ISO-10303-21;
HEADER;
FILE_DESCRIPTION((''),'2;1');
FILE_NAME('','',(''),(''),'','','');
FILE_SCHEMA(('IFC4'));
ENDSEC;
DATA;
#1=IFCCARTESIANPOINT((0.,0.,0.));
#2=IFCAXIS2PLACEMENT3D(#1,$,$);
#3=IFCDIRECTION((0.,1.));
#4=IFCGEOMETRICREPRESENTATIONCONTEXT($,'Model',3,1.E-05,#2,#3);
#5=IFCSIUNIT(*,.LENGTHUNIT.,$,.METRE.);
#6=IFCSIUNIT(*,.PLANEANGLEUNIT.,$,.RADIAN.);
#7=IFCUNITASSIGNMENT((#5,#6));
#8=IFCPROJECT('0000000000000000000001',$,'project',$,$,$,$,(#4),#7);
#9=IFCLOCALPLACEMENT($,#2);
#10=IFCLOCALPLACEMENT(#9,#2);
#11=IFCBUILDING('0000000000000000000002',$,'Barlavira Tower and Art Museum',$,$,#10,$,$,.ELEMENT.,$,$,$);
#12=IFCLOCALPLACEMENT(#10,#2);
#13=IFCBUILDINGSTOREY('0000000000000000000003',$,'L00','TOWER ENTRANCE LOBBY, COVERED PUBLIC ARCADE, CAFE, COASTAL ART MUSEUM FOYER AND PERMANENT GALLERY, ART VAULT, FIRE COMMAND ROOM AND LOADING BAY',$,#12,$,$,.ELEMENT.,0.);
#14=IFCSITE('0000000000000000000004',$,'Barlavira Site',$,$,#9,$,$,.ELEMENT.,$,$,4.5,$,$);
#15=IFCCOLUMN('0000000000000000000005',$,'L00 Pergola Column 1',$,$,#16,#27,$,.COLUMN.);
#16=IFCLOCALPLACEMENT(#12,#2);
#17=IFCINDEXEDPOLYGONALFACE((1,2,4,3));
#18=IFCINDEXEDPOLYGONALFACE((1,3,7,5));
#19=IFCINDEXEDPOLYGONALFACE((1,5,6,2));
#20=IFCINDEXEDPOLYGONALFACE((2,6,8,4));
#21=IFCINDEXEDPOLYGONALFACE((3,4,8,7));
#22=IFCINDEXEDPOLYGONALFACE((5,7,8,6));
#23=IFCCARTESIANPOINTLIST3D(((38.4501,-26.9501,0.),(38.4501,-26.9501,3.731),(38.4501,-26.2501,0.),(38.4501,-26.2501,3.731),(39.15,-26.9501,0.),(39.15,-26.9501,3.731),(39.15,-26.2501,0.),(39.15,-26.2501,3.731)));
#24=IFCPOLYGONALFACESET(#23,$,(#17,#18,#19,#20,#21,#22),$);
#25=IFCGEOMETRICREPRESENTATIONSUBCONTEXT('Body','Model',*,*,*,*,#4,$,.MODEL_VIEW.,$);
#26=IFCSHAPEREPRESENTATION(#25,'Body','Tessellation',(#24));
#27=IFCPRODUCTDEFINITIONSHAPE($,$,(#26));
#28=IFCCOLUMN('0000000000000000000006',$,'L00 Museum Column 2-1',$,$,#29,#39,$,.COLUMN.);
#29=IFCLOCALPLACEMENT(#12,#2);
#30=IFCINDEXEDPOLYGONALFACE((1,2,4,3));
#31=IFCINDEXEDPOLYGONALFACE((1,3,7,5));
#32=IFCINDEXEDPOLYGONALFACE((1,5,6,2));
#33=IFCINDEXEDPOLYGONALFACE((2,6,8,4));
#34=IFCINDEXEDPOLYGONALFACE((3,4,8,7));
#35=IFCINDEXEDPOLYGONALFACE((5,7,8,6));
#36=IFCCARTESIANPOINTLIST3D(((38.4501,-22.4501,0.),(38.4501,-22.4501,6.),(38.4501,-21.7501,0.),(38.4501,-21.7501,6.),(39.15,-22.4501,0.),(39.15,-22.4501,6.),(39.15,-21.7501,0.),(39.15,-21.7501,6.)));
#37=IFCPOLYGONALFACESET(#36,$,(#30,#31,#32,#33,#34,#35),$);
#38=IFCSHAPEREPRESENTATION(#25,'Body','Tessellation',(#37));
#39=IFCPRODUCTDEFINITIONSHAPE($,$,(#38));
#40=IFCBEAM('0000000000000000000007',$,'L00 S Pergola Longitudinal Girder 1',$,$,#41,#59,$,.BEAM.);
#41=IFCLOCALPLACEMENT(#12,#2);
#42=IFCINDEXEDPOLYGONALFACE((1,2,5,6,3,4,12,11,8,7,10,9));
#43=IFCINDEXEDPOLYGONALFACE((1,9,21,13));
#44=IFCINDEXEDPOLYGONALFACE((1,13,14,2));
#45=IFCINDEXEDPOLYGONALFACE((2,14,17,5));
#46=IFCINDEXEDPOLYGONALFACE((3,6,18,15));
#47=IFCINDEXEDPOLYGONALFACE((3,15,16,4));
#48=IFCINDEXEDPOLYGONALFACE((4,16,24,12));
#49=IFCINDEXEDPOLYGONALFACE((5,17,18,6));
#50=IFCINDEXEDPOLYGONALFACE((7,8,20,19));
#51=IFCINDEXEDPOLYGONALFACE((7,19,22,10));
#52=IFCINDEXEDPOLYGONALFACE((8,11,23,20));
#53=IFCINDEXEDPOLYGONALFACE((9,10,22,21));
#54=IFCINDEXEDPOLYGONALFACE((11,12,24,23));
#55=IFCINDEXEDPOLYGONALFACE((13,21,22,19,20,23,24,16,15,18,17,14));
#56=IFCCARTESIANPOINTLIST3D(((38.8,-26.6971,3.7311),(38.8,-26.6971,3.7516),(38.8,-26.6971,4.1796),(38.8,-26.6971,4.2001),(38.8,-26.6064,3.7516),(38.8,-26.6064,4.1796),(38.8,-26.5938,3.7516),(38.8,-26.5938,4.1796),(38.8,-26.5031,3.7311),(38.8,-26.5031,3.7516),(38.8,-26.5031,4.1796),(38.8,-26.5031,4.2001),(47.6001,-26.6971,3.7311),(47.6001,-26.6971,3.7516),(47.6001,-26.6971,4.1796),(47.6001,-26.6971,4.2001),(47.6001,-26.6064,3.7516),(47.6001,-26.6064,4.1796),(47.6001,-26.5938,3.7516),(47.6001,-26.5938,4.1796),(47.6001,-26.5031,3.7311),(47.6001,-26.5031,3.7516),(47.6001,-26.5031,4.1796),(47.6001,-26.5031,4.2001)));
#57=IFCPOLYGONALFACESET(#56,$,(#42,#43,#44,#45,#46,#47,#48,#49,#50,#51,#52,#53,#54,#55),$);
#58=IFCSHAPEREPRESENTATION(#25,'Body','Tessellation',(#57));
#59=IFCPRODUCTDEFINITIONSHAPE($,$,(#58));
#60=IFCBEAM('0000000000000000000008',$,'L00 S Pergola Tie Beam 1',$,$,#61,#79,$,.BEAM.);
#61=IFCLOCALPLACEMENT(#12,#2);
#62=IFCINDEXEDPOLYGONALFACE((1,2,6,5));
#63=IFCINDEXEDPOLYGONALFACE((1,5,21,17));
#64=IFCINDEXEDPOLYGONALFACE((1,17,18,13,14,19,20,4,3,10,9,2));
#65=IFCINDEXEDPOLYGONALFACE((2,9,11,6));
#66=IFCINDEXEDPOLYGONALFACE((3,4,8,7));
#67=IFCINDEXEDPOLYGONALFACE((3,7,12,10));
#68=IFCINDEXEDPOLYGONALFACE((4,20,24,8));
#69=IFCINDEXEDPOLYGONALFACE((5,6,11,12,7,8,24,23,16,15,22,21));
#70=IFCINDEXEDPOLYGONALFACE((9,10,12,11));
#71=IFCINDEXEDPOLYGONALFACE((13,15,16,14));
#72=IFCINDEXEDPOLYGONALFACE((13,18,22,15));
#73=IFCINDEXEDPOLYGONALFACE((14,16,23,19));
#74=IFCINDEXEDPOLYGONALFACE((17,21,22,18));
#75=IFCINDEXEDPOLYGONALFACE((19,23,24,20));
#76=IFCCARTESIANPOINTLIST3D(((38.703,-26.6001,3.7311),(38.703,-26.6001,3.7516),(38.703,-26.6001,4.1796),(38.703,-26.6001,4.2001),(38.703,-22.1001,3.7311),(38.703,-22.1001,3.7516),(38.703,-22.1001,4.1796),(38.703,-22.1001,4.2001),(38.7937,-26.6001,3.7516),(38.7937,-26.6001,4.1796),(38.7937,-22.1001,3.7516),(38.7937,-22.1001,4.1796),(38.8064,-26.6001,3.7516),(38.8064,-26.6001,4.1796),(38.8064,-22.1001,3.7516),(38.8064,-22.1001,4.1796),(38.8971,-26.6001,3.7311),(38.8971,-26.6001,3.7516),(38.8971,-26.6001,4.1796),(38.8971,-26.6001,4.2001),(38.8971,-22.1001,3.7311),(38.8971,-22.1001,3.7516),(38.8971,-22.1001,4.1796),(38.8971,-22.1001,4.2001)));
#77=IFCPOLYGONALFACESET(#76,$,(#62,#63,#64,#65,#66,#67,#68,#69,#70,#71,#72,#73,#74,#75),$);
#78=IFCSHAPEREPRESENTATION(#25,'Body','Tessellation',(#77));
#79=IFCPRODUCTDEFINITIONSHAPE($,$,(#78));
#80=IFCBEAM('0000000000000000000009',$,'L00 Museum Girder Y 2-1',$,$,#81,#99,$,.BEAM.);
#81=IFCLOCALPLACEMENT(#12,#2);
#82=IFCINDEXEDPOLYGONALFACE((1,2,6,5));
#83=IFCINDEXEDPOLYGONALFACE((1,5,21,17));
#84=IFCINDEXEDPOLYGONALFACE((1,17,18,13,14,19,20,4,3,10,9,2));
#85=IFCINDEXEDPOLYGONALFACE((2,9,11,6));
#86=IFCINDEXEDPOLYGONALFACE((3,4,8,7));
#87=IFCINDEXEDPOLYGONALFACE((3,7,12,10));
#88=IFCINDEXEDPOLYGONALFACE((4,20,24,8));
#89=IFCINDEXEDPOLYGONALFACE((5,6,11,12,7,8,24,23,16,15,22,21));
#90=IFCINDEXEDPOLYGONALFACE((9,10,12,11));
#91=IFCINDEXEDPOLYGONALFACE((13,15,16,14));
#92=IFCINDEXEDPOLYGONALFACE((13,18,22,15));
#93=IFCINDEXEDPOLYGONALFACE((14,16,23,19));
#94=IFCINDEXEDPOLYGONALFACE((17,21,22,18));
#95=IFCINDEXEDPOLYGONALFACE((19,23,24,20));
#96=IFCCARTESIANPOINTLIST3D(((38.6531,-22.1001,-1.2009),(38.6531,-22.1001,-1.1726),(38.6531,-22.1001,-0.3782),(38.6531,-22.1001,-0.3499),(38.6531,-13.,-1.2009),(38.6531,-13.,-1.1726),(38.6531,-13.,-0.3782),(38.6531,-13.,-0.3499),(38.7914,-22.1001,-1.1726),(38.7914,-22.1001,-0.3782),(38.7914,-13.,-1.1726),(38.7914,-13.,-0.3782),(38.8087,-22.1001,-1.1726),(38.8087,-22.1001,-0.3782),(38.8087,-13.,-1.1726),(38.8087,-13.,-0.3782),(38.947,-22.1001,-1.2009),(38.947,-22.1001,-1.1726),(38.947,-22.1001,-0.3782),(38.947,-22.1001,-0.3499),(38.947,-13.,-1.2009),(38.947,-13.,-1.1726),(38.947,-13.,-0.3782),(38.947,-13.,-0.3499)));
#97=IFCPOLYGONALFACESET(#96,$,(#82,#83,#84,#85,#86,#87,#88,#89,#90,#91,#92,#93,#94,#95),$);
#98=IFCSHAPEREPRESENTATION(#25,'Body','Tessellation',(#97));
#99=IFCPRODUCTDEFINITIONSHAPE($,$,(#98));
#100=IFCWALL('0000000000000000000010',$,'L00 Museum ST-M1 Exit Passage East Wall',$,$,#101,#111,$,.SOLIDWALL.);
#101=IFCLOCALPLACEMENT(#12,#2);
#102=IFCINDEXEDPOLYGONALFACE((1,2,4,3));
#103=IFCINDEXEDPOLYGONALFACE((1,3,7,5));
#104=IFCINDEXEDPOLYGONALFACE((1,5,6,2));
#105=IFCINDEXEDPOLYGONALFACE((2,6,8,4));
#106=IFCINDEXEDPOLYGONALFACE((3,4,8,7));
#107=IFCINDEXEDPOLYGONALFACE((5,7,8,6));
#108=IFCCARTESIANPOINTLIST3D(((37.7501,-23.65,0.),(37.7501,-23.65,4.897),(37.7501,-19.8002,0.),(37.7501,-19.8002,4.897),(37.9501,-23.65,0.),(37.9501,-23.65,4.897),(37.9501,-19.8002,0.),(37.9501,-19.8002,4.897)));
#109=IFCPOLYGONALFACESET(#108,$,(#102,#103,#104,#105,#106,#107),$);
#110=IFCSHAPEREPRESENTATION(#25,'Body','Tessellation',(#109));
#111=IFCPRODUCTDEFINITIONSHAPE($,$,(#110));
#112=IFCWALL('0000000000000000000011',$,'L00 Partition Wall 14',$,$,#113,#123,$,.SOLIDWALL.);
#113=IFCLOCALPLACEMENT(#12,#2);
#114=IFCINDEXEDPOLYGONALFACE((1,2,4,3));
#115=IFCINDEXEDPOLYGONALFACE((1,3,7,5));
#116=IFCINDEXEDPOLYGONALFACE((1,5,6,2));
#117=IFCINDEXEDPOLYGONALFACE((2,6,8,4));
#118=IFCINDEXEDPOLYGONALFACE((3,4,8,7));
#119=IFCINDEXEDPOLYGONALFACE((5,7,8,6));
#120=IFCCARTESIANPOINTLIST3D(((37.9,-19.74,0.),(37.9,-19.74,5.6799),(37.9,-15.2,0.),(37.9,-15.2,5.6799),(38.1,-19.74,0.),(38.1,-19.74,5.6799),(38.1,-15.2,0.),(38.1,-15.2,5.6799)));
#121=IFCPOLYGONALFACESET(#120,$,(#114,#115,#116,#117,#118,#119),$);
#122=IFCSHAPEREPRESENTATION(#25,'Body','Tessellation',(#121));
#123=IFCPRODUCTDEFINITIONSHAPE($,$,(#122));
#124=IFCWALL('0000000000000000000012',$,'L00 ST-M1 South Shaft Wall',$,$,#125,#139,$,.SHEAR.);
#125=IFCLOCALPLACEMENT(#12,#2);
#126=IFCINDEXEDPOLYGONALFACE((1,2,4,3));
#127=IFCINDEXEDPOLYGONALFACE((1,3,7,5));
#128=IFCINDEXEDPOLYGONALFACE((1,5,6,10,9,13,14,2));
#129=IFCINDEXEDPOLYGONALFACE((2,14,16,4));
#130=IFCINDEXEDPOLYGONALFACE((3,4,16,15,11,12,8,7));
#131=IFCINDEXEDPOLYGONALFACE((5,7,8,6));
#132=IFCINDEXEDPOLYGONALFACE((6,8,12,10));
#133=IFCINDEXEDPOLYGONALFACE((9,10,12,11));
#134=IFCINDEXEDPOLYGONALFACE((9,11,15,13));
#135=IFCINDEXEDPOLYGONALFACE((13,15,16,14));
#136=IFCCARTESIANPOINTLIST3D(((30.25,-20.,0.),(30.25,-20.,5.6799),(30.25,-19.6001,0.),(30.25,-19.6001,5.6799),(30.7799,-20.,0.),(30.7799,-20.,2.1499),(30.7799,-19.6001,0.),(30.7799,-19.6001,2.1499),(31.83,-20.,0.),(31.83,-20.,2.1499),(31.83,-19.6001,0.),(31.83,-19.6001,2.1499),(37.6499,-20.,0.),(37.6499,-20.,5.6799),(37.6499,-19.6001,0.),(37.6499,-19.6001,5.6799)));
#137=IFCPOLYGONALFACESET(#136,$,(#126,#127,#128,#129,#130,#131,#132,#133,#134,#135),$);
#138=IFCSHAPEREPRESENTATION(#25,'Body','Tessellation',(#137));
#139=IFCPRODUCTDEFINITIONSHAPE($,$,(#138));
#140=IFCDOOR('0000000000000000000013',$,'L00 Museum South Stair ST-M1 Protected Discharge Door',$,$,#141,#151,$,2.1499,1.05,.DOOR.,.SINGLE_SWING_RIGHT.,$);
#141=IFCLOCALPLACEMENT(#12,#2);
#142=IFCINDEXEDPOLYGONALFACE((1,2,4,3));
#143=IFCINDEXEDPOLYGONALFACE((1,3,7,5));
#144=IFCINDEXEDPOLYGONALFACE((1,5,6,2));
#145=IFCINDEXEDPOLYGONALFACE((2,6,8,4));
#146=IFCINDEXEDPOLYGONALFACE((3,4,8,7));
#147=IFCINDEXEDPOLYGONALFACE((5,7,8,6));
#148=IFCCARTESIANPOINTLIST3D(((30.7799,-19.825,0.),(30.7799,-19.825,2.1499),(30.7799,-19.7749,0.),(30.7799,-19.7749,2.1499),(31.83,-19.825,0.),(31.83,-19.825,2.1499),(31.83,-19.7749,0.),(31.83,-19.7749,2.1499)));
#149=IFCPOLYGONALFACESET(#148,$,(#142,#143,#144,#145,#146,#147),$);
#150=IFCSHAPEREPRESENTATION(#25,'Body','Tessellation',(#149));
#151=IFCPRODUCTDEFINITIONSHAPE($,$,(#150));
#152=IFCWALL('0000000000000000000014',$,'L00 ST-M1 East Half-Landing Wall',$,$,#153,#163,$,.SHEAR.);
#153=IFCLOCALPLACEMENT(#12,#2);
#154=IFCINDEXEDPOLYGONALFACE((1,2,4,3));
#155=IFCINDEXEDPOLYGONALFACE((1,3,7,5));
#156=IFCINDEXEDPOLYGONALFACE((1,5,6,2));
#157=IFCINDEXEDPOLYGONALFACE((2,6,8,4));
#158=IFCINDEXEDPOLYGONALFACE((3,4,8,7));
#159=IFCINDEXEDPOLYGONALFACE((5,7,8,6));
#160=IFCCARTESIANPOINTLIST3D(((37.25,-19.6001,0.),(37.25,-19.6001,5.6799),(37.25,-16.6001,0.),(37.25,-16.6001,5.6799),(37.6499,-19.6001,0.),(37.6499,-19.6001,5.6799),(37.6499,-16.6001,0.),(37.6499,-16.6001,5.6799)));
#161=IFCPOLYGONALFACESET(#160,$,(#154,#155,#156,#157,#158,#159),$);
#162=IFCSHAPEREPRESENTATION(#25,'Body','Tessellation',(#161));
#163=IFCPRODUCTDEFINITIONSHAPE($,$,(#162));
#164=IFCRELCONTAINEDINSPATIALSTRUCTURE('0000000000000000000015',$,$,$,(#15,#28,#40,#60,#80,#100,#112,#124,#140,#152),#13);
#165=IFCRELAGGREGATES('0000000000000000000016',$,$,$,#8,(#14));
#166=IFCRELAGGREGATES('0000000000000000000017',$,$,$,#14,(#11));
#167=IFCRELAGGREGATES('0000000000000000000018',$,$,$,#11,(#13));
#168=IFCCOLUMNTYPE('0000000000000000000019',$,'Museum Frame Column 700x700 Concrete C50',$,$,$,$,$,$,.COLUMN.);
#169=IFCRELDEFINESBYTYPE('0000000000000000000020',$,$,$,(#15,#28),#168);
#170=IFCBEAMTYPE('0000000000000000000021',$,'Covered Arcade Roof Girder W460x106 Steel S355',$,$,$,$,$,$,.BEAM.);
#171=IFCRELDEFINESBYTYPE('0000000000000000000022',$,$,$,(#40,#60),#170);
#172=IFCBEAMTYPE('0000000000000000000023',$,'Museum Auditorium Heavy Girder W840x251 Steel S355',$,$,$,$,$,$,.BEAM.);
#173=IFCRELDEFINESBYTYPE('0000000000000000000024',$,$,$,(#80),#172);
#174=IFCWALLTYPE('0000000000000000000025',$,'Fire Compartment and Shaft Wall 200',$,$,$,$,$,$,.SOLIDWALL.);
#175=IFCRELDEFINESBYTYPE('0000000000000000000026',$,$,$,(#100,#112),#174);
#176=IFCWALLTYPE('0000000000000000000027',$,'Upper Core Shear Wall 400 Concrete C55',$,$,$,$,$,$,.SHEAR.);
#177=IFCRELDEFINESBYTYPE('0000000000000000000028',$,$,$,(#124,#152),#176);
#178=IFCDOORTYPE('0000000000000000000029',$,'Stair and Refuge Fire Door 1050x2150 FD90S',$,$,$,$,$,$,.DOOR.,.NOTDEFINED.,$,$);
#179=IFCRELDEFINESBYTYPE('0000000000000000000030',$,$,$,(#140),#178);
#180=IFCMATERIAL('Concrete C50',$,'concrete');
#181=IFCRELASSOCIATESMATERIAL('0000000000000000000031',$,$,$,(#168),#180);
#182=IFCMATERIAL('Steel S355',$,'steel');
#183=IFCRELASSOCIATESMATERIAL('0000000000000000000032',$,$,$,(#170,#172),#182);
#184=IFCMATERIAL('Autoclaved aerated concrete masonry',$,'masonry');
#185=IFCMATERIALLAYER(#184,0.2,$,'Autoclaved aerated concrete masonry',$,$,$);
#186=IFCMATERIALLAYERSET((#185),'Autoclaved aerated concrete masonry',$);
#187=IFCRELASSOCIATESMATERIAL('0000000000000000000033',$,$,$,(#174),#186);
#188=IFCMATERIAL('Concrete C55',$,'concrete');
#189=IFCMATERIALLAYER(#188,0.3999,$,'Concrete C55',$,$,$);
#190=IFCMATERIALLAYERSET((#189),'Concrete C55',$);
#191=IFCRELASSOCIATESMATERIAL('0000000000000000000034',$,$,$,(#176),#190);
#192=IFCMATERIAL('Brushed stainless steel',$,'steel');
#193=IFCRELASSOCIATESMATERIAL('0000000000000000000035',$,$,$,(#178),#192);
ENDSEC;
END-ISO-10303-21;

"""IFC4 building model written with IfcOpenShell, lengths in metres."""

from ifc_helpers import new_model, si_unit, direction, frame, frame_2d, origin, origin_2d, place, context, subcontext, project, spatial, rectangle, i_section, extrude, material, layer, layer_set, material_profile, profile_set, type_object, element, fill, save


model = new_model("IFC4")

# Units and contexts
model_context = context("Model", 3, precision=1e-05, world=origin(), true_north=direction((0.0, 1.0)))
body_context = subcontext(model_context, "Body", "Model", "MODEL_VIEW")
ifc_project = project(units=[si_unit("LENGTHUNIT", "METRE"), si_unit("PLANEANGLEUNIT", "RADIAN")], contexts=[model_context])

# Site, building, storey
site_placement = place(None, origin())
site = spatial("IfcSite", under=ifc_project, at=site_placement, Name="Barlavira Site", CompositionType="ELEMENT", RefElevation=4.5)
building_placement = place(site_placement, origin())
building = spatial("IfcBuilding", under=site, at=building_placement, Name="Barlavira Tower and Art Museum", CompositionType="ELEMENT")
storey_placement = place(building_placement, origin())
storey = spatial("IfcBuildingStorey", under=building, at=storey_placement, Name="L00", Description="TOWER ENTRANCE LOBBY, COVERED PUBLIC ARCADE, CAFE, COASTAL ART MUSEUM FOYER AND PERMANENT GALLERY, ART VAULT, FIRE COMMAND ROOM AND LOADING BAY", CompositionType="ELEMENT", Elevation=0.0)

# Columns
ifc_material_1 = material(Name="Concrete C50", Category="concrete")
ifc_material_profile_1 = material_profile(ifc_material_1, rectangle(XDim=0.7, YDim=0.7, at=origin_2d()), Name="RC-COL 700x700")
ifc_profile_set_1 = profile_set([ifc_material_profile_1], Name="Concrete C50")
column_type = type_object("IfcColumnType", Name="Museum Frame Column 700x700 Concrete C50", PredefinedType="COLUMN", material=ifc_profile_set_1)
column_1_placement = place(storey_placement, frame((38.8, -26.6001, 0.0), z_axis=(0.0, 0.0, 1.0), x_axis=(1.0, 0.0, 0.0)))
element("IfcColumn", 1, at=column_1_placement, inside=storey, type_object=column_type, Name="L00 Pergola Column 1", PredefinedType="COLUMN", context=body_context, shape_type="SweptSolid", body=[
    extrude(rectangle(XDim=0.7, YDim=0.7, at=origin_2d()), origin(), (0.0, 0.0, 1.0), 3.731),
])
column_2_placement = place(storey_placement, frame((38.8, -22.1001, 0.0), z_axis=(0.0, 0.0, 1.0), x_axis=(1.0, 0.0, 0.0)))
element("IfcColumn", 2, at=column_2_placement, inside=storey, type_object=column_type, Name="L00 Museum Column 2-1", PredefinedType="COLUMN", context=body_context, shape_type="SweptSolid", body=[
    extrude(rectangle(XDim=0.7, YDim=0.7, at=origin_2d()), origin(), (0.0, 0.0, 1.0), 6.0),
])

# Beams
ifc_material_2 = material(Name="Steel S355", Category="steel")
ifc_material_profile_2 = material_profile(ifc_material_2, i_section(OverallWidth=0.1941, OverallDepth=0.469, WebThickness=0.0127, FlangeThickness=0.0205, at=origin_2d()), Name="W460x106.0")
ifc_profile_set_2 = profile_set([ifc_material_profile_2], Name="Steel S355")
beam_type_1 = type_object("IfcBeamType", Name="Covered Arcade Roof Girder W460x106 Steel S355", PredefinedType="BEAM", material=ifc_profile_set_2)
beam_1_placement = place(storey_placement, frame((38.8, -26.6001, 3.9656), z_axis=(1.0, 0.0, 0.0), x_axis=(0.0, 1.0, 0.0)))
element("IfcBeam", 3, at=beam_1_placement, inside=storey, type_object=beam_type_1, Name="L00 S Pergola Longitudinal Girder 1", PredefinedType="BEAM", context=body_context, shape_type="SweptSolid", body=[
    extrude(i_section(OverallWidth=0.1941, OverallDepth=0.469, WebThickness=0.0127, FlangeThickness=0.0205, at=origin_2d()), origin(), (0.0, 0.0, 1.0), 8.8),
])
beam_2_placement = place(storey_placement, frame((38.8, -26.6001, 3.9656), z_axis=(0.0, 1.0, 0.0), x_axis=(-1.0, 0.0, 0.0)))
element("IfcBeam", 4, at=beam_2_placement, inside=storey, type_object=beam_type_1, Name="L00 S Pergola Tie Beam 1", PredefinedType="BEAM", context=body_context, shape_type="SweptSolid", body=[
    extrude(i_section(OverallWidth=0.1941, OverallDepth=0.469, WebThickness=0.0127, FlangeThickness=0.0205, at=origin_2d()), origin(), (0.0, 0.0, 1.0), 4.5),
])
ifc_material_profile_3 = material_profile(ifc_material_2, i_section(OverallWidth=0.2939, OverallDepth=0.8511, WebThickness=0.0173, FlangeThickness=0.0283, at=origin_2d()), Name="W840x251.0")
ifc_profile_set_3 = profile_set([ifc_material_profile_3], Name="Steel S355")
beam_type_2 = type_object("IfcBeamType", Name="Museum Auditorium Heavy Girder W840x251 Steel S355", PredefinedType="BEAM", material=ifc_profile_set_3)
beam_3_placement = place(storey_placement, frame((38.8, -22.1001, -0.7754), z_axis=(0.0, 1.0, 0.0), x_axis=(-1.0, 0.0, 0.0)))
element("IfcBeam", 5, at=beam_3_placement, inside=storey, type_object=beam_type_2, Name="L00 Museum Girder Y 2-1", PredefinedType="BEAM", context=body_context, shape_type="SweptSolid", body=[
    extrude(i_section(OverallWidth=0.2939, OverallDepth=0.8511, WebThickness=0.0173, FlangeThickness=0.0283, at=origin_2d()), origin(), (0.0, 0.0, 1.0), 9.1001),
])

# Walls
ifc_material_3 = material(Name="Autoclaved aerated concrete masonry", Category="masonry")
ifc_layer_1 = layer(ifc_material_3, 0.2, Name="Autoclaved aerated concrete masonry")
ifc_layer_set_1 = layer_set([ifc_layer_1], Name="Autoclaved aerated concrete masonry")
wall_type_1 = type_object("IfcWallType", Name="Fire Compartment and Shaft Wall 200", PredefinedType="SOLIDWALL", material=ifc_layer_set_1)
wall_1_placement = place(storey_placement, frame((37.8501, -23.6499, 0.0), z_axis=(0.0, 0.0, 1.0), x_axis=(0.0, 1.0, 0.0)))
element("IfcWall", 6, at=wall_1_placement, inside=storey, type_object=wall_type_1, Name="L00 Museum ST-M1 Exit Passage East Wall", PredefinedType="SOLIDWALL", context=body_context, shape_type="SweptSolid", body=[
    extrude(rectangle(XDim=3.8499, YDim=0.2, at=frame_2d((1.9248, 0.0))), origin(), (0.0, 0.0, 1.0), 4.897),
])
wall_2_placement = place(storey_placement, frame((38.0, -19.74, 0.0), z_axis=(0.0, 0.0, 1.0), x_axis=(0.0, 1.0, 0.0)))
element("IfcWall", 7, at=wall_2_placement, inside=storey, type_object=wall_type_1, Name="L00 Partition Wall 14", PredefinedType="SOLIDWALL", context=body_context, shape_type="SweptSolid", body=[
    extrude(rectangle(XDim=4.54, YDim=0.2, at=frame_2d((2.27, 0.0))), origin(), (0.0, 0.0, 1.0), 5.6799),
])

# Wall, opening, door
ifc_material_4 = material(Name="Concrete C55", Category="concrete")
ifc_layer_2 = layer(ifc_material_4, 0.3999, Name="Concrete C55")
ifc_layer_set_2 = layer_set([ifc_layer_2], Name="Concrete C55")
wall_type_2 = type_object("IfcWallType", Name="Upper Core Shear Wall 400 Concrete C55", PredefinedType="SHEAR", material=ifc_layer_set_2)
wall_3_placement = place(storey_placement, frame((37.6499, -19.8, 0.0), z_axis=(0.0, 0.0, 1.0), x_axis=(-1.0, 0.0, 0.0)))
wall_3 = element("IfcWall", 8, at=wall_3_placement, inside=storey, type_object=wall_type_2, Name="L00 ST-M1 South Shaft Wall", PredefinedType="SHEAR", context=body_context, shape_type="SweptSolid", body=[
    extrude(rectangle(XDim=7.3999, YDim=0.3999, at=frame_2d((3.7, 0.0))), origin(), (0.0, 0.0, 1.0), 5.6799),
])
opening_placement = place(wall_3_placement, frame((5.8201, 0.0, 0.0)))
opening = element("IfcOpeningElement", 9, at=opening_placement, cuts=wall_3, PredefinedType="OPENING", context=body_context, shape_type="SweptSolid", body=[
    extrude(rectangle(XDim=1.05, YDim=2.1499, at=frame_2d((0.5249, 1.075))), frame((0.0, 0.21, 0.0), z_axis=(0.0, -1.0, 0.0), x_axis=(1.0, 0.0, 0.0)), (0.0, 0.0, 1.0), 0.4199),
])
ifc_material_5 = material(Name="Brushed stainless steel", Category="steel")
door_type = type_object("IfcDoorType", Name="Stair and Refuge Fire Door 1050x2150 FD90S", OperationType="NOTDEFINED", PredefinedType="DOOR", material=ifc_material_5)
door_placement = place(opening_placement, origin())
door = element("IfcDoor", 10, at=door_placement, inside=storey, type_object=door_type, Name="L00 Museum South Stair ST-M1 Protected Discharge Door", OperationType="SINGLE_SWING_RIGHT", OverallHeight=2.1499, OverallWidth=1.05, PredefinedType="DOOR", context=body_context, shape_type="SweptSolid", body=[
    extrude(rectangle(XDim=1.05, YDim=2.1499, at=frame_2d((0.5249, 1.075))), frame((0.0, 0.0249, 0.0), z_axis=(0.0, -1.0, 0.0), x_axis=(1.0, 0.0, 0.0)), (0.0, 0.0, 1.0), 0.05),
])
fill(opening, door)

# Wall
wall_4_placement = place(storey_placement, frame((37.45, -19.6001, 0.0), z_axis=(0.0, 0.0, 1.0), x_axis=(0.0, 1.0, 0.0)))
element("IfcWall", 11, at=wall_4_placement, inside=storey, type_object=wall_type_2, Name="L00 ST-M1 East Half-Landing Wall", PredefinedType="SHEAR", context=body_context, shape_type="SweptSolid", body=[
    extrude(rectangle(XDim=3.0, YDim=0.3999, at=frame_2d((1.5, 0.0))), origin(), (0.0, 0.0, 1.0), 5.6799),
])

save(model, "model.ifc")
